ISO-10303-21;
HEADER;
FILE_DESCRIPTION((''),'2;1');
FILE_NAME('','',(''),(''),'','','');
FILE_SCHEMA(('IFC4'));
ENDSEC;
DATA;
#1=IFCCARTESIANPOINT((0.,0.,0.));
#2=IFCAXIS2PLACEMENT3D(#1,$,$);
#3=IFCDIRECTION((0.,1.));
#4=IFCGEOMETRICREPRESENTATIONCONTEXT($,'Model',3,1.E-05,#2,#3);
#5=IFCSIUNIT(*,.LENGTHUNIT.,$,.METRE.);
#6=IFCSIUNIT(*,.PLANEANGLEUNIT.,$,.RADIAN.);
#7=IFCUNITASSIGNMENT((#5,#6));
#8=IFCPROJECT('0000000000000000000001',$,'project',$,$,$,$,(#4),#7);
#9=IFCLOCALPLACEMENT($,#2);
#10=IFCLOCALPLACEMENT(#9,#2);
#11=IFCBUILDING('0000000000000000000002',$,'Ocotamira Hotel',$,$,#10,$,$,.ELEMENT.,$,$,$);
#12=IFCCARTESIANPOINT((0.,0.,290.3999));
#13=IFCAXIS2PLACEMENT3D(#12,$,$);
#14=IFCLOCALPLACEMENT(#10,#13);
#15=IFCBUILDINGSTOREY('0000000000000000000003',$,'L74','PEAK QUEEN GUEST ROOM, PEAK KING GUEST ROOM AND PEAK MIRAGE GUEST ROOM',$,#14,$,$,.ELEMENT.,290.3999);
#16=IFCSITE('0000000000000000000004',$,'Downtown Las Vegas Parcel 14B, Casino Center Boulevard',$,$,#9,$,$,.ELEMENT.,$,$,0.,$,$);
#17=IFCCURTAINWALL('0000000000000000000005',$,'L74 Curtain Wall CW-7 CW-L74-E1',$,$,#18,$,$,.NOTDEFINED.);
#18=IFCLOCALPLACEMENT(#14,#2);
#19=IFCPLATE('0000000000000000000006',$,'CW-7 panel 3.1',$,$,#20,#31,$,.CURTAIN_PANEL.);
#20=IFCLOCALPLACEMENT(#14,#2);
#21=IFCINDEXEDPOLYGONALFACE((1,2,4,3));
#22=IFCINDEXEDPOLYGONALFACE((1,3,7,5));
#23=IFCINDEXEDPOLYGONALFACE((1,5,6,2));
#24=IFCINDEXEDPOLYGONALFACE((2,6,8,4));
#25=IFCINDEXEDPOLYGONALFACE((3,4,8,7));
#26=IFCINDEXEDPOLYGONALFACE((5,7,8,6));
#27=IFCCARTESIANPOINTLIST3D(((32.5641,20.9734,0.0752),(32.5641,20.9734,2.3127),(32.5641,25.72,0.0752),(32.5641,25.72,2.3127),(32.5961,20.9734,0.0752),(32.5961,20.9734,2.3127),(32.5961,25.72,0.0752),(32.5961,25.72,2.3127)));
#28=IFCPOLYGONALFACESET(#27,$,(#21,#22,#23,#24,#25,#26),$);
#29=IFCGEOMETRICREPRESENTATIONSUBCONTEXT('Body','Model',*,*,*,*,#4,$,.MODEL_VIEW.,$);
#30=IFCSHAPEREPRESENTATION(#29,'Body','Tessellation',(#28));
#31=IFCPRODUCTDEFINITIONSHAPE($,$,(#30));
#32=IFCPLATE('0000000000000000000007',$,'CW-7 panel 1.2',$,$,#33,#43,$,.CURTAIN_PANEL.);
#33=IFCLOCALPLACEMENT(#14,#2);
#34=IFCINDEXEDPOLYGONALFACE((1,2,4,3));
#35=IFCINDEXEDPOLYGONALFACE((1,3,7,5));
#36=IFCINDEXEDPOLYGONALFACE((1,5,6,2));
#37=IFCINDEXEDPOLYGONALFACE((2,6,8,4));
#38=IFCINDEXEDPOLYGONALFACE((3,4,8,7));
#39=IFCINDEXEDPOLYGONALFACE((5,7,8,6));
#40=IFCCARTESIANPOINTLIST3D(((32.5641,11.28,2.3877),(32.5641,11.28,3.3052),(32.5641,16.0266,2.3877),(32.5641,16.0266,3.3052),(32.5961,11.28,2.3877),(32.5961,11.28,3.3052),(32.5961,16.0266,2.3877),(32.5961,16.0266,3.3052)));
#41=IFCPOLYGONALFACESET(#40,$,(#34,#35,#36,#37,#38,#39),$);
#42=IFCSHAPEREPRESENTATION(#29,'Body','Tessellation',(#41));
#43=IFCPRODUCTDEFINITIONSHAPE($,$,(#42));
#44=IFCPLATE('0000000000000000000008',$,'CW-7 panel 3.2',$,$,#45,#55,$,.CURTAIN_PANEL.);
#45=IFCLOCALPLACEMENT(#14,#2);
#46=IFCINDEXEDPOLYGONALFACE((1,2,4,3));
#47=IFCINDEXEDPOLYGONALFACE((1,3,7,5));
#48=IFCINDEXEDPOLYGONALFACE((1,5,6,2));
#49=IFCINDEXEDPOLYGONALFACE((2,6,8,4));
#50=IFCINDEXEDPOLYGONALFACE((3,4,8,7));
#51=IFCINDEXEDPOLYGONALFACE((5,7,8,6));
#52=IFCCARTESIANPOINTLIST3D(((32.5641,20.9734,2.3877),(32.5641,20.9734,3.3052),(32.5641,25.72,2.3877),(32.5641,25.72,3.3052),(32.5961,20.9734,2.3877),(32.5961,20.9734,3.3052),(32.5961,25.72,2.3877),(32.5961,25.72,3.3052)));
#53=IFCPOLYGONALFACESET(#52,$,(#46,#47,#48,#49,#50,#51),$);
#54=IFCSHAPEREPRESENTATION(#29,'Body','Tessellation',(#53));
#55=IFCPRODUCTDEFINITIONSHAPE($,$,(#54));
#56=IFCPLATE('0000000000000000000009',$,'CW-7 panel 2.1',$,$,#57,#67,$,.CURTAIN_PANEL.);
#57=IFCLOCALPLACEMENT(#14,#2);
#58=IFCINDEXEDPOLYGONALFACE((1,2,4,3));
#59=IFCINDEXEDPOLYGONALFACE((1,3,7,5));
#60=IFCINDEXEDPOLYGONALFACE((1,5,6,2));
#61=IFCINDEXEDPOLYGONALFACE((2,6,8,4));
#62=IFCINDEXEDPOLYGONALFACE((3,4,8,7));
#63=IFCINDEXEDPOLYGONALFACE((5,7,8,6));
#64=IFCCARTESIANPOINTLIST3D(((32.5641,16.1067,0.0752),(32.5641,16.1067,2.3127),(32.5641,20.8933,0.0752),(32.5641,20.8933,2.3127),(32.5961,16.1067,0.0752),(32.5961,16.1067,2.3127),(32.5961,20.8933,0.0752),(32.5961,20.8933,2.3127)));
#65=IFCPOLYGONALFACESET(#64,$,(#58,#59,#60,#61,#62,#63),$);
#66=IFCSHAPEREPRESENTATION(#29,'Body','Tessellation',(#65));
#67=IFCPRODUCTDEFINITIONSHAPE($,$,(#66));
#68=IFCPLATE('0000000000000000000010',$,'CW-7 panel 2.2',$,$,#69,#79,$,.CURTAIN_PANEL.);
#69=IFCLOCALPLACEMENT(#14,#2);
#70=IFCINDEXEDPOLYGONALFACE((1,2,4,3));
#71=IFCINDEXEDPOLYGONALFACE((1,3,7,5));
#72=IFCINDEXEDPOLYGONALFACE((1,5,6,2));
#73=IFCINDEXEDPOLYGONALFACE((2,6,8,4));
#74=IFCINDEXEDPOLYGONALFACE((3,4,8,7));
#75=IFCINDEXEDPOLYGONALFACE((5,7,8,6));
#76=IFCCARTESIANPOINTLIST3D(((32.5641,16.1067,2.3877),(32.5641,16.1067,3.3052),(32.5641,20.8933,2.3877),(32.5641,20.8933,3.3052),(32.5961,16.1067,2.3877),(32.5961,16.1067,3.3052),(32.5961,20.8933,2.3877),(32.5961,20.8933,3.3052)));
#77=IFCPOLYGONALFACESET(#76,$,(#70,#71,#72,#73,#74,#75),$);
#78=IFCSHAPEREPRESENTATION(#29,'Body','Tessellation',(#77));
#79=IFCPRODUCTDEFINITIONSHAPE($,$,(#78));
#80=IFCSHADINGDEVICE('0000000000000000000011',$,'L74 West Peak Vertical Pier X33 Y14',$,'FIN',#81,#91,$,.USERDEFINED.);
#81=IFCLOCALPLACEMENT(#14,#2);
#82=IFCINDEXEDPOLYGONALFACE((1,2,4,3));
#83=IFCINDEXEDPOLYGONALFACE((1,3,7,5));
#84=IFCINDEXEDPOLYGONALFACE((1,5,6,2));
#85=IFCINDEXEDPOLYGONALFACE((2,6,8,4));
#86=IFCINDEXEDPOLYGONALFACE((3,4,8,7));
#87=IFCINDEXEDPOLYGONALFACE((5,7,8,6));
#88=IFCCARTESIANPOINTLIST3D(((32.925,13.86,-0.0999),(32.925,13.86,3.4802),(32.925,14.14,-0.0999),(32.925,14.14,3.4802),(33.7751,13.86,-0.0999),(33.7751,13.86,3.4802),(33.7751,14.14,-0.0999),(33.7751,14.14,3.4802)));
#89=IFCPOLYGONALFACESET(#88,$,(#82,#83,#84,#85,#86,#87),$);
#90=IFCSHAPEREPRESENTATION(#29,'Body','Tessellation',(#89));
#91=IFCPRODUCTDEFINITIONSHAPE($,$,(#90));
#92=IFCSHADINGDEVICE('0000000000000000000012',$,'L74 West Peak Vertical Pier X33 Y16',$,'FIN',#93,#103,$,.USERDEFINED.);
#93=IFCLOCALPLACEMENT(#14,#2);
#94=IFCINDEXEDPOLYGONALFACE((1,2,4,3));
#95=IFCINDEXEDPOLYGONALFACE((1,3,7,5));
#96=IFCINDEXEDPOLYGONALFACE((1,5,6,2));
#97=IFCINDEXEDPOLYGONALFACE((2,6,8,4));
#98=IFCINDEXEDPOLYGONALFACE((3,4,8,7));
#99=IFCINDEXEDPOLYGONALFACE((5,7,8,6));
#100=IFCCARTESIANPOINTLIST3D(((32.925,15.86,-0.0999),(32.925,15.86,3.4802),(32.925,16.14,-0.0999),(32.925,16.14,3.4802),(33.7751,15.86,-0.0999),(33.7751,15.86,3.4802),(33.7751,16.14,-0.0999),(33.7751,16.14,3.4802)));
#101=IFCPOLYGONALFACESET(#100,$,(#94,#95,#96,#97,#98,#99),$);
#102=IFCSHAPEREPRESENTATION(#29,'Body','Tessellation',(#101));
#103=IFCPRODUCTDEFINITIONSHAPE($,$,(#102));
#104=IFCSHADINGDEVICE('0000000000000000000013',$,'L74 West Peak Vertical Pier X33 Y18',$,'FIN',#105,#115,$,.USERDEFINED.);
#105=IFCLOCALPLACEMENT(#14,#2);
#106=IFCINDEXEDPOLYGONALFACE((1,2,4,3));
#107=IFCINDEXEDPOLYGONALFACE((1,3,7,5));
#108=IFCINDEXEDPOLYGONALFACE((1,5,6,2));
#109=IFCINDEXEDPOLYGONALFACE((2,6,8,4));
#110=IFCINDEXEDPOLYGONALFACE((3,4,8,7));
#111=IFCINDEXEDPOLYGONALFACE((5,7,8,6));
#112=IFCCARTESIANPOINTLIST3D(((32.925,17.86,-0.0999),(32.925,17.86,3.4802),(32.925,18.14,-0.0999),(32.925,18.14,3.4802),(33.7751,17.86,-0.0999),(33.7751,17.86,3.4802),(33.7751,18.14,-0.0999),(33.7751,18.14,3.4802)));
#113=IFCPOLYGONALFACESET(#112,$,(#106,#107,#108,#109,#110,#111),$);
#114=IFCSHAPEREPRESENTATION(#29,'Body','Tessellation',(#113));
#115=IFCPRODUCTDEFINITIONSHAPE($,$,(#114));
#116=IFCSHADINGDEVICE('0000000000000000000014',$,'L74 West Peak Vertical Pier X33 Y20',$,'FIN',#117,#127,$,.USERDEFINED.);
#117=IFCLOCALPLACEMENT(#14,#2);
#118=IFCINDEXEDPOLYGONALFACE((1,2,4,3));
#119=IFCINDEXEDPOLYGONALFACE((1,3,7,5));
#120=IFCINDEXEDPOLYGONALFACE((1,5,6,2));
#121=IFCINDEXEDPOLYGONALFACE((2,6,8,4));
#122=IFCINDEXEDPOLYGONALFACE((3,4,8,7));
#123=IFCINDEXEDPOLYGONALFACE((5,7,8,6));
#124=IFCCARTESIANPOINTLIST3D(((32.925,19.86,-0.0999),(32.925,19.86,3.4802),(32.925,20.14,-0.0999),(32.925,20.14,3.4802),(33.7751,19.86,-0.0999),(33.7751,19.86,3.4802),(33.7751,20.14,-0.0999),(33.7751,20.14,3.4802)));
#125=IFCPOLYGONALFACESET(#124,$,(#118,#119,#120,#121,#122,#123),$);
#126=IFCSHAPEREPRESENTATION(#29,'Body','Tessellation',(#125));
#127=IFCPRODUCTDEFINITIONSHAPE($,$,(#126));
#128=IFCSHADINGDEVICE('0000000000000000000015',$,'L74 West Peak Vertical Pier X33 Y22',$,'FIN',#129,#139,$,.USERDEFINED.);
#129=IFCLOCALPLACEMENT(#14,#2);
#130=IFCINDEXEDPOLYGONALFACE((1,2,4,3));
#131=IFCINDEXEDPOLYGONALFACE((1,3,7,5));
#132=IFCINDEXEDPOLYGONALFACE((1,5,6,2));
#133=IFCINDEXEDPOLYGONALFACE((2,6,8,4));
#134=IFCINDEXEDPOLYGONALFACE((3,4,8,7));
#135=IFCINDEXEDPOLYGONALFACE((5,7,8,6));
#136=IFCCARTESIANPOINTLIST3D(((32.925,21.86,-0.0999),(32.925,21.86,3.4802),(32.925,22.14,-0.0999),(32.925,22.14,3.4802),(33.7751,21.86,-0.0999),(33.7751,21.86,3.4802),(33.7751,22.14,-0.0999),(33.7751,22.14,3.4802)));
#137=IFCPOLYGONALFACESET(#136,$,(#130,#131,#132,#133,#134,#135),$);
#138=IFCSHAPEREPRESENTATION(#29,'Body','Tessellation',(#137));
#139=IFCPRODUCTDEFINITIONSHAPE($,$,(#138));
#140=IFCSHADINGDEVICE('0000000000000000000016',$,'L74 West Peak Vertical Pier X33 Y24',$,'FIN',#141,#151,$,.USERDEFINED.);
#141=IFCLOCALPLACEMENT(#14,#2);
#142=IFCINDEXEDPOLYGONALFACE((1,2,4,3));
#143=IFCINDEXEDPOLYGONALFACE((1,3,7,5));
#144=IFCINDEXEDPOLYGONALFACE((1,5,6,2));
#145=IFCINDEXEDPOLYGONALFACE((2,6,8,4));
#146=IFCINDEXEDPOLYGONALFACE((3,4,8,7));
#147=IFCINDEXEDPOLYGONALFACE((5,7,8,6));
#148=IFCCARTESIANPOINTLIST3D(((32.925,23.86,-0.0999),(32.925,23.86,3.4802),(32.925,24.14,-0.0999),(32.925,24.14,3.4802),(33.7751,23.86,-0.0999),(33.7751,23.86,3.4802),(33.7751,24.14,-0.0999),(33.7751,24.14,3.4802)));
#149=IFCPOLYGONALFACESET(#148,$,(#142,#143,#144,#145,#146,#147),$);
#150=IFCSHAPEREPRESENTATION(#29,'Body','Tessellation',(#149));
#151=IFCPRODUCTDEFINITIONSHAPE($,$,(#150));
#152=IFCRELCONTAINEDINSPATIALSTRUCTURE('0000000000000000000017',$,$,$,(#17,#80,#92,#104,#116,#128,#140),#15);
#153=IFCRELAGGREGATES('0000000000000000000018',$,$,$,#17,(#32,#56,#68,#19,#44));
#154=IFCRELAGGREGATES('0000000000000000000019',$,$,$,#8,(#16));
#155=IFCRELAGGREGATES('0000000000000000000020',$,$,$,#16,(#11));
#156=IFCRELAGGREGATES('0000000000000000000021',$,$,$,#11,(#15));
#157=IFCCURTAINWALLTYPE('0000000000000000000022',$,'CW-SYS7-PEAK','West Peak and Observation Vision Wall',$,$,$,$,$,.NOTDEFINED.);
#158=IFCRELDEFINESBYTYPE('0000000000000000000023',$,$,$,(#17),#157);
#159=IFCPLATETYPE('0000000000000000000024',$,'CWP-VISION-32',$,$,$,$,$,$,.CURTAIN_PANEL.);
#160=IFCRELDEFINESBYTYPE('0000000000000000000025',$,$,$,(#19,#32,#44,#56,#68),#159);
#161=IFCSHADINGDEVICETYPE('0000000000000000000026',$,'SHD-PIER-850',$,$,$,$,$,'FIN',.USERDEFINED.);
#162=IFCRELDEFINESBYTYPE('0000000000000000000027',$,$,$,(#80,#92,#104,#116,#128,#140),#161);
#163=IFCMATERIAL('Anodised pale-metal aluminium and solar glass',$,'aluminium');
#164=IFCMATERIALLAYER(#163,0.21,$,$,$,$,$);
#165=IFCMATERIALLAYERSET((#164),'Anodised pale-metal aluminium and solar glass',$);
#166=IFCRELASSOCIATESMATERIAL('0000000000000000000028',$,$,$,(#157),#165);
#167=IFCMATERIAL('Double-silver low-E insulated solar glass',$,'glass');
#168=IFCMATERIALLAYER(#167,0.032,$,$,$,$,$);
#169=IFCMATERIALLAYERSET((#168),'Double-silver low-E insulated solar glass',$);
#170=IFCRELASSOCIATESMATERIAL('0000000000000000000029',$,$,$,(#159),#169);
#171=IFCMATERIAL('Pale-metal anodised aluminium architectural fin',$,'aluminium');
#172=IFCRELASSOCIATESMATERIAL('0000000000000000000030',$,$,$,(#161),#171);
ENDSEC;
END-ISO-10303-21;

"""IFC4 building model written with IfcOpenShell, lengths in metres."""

from ifc_helpers import new_model, si_unit, direction, frame, origin, origin_2d, place, context, subcontext, project, spatial, rectangle, extrude, source, transform, mapped, material, layer, layer_set, type_object, element, aggregate, save


model = new_model("IFC4")

# Units and contexts
model_context = context("Model", 3, precision=1e-05, world=origin(), true_north=direction((0.0, 1.0)))
body_context = subcontext(model_context, "Body", "Model", "MODEL_VIEW")
ifc_project = project(units=[si_unit("LENGTHUNIT", "METRE"), si_unit("PLANEANGLEUNIT", "RADIAN")], contexts=[model_context])

# Site, building, storey
site_placement = place(None, origin())
site = spatial("IfcSite", under=ifc_project, at=site_placement, Name="Downtown Las Vegas Parcel 14B, Casino Center Boulevard", CompositionType="ELEMENT", RefElevation=0.0)
building_placement = place(site_placement, origin())
building = spatial("IfcBuilding", under=site, at=building_placement, Name="Ocotamira Hotel", CompositionType="ELEMENT")
storey_placement = place(building_placement, frame((0.0, 0.0, 290.3999)))
storey = spatial("IfcBuildingStorey", under=building, at=storey_placement, Name="L74", Description="PEAK QUEEN GUEST ROOM, PEAK KING GUEST ROOM AND PEAK MIRAGE GUEST ROOM", CompositionType="ELEMENT", Elevation=290.3999)

# Curtain wall, plates
ifc_material_1 = material(Name="Anodised pale-metal aluminium and solar glass", Category="aluminium")
ifc_layer_1 = layer(ifc_material_1, 0.21)
ifc_layer_set_1 = layer_set([ifc_layer_1], Name="Anodised pale-metal aluminium and solar glass")
curtain_wall_type = type_object("IfcCurtainWallType", Name="CW-SYS7-PEAK", Description="West Peak and Observation Vision Wall", PredefinedType="NOTDEFINED", material=ifc_layer_set_1)
curtain_wall_placement = place(storey_placement, origin())
curtain_wall = element("IfcCurtainWall", 1, at=curtain_wall_placement, inside=storey, type_object=curtain_wall_type, Name="L74 Curtain Wall CW-7 CW-L74-E1", PredefinedType="NOTDEFINED")
ifc_material_2 = material(Name="Double-silver low-E insulated solar glass", Category="glass")
ifc_layer_2 = layer(ifc_material_2, 0.032)
ifc_layer_set_2 = layer_set([ifc_layer_2], Name="Double-silver low-E insulated solar glass")
plate_type = type_object("IfcPlateType", Name="CWP-VISION-32", PredefinedType="CURTAIN_PANEL", material=ifc_layer_set_2)
shared_shape_1 = source(origin(), body_context, "Body", "SweptSolid", [
    extrude(rectangle(XDim=4.7466, YDim=0.032, at=origin_2d()), origin(), (0.0, 0.0, 1.0), 2.2375),
])
plate_1_placement = place(storey_placement, frame((32.5801, 23.3467, 0.0752), z_axis=(0.0, 0.0, 1.0), x_axis=(0.0, 1.0, 0.0)))
plate_1 = element("IfcPlate", 2, at=plate_1_placement, type_object=plate_type, Name="CW-7 panel 3.1", PredefinedType="CURTAIN_PANEL", context=body_context, shape_type="MappedRepresentation", body=[
    mapped(shared_shape_1, transform((0.0, 0.0, 0.0), scale=1.0)),
])
shared_shape_2 = source(origin(), body_context, "Body", "SweptSolid", [
    extrude(rectangle(XDim=4.7466, YDim=0.032, at=origin_2d()), origin(), (0.0, 0.0, 1.0), 0.9175),
])
plate_2_placement = place(storey_placement, frame((32.5801, 13.6533, 2.3877), z_axis=(0.0, 0.0, 1.0), x_axis=(0.0, 1.0, 0.0)))
plate_2 = element("IfcPlate", 3, at=plate_2_placement, type_object=plate_type, Name="CW-7 panel 1.2", PredefinedType="CURTAIN_PANEL", context=body_context, shape_type="MappedRepresentation", body=[
    mapped(shared_shape_2, transform((0.0, 0.0, 0.0), scale=1.0)),
])
plate_3_placement = place(storey_placement, frame((32.5801, 23.3467, 2.3877), z_axis=(0.0, 0.0, 1.0), x_axis=(0.0, 1.0, 0.0)))
plate_3 = element("IfcPlate", 4, at=plate_3_placement, type_object=plate_type, Name="CW-7 panel 3.2", PredefinedType="CURTAIN_PANEL", context=body_context, shape_type="MappedRepresentation", body=[
    mapped(shared_shape_2, transform((0.0, 0.0, 0.0), scale=1.0)),
])
shared_shape_3 = source(origin(), body_context, "Body", "SweptSolid", [
    extrude(rectangle(XDim=4.7866, YDim=0.032, at=origin_2d()), origin(), (0.0, 0.0, 1.0), 2.2375),
])
plate_4_placement = place(storey_placement, frame((32.5801, 18.5, 0.0752), z_axis=(0.0, 0.0, 1.0), x_axis=(0.0, 1.0, 0.0)))
plate_4 = element("IfcPlate", 5, at=plate_4_placement, type_object=plate_type, Name="CW-7 panel 2.1", PredefinedType="CURTAIN_PANEL", context=body_context, shape_type="MappedRepresentation", body=[
    mapped(shared_shape_3, transform((0.0, 0.0, 0.0), scale=1.0)),
])
shared_shape_4 = source(origin(), body_context, "Body", "SweptSolid", [
    extrude(rectangle(XDim=4.7866, YDim=0.032, at=origin_2d()), origin(), (0.0, 0.0, 1.0), 0.9175),
])
plate_5_placement = place(storey_placement, frame((32.5801, 18.5, 2.3877), z_axis=(0.0, 0.0, 1.0), x_axis=(0.0, 1.0, 0.0)))
plate_5 = element("IfcPlate", 6, at=plate_5_placement, type_object=plate_type, Name="CW-7 panel 2.2", PredefinedType="CURTAIN_PANEL", context=body_context, shape_type="MappedRepresentation", body=[
    mapped(shared_shape_4, transform((0.0, 0.0, 0.0), scale=1.0)),
])
aggregate(curtain_wall, [plate_2, plate_4, plate_5, plate_1, plate_3])

# Shading devices
ifc_material_3 = material(Name="Pale-metal anodised aluminium architectural fin", Category="aluminium")
shading_device_type = type_object("IfcShadingDeviceType", Name="SHD-PIER-850", ElementType="FIN", PredefinedType="USERDEFINED", material=ifc_material_3)
shared_shape_5 = source(origin(), body_context, "Body", "SweptSolid", [
    extrude(rectangle(XDim=0.8501, YDim=0.28, at=origin_2d()), origin(), (0.0, 0.0, 1.0), 3.5801),
])
for number, where, z_axis, x_axis, name in (
    (7, (33.3501, 14.0, -0.0999), (0.0, 0.0, 1.0), (1.0, 0.0, 0.0), "L74 West Peak Vertical Pier X33 Y14"),
    (8, (33.3501, 16.0, -0.0999), (0.0, 0.0, 1.0), (1.0, 0.0, 0.0), "L74 West Peak Vertical Pier X33 Y16"),
    (9, (33.3501, 18.0, -0.0999), (0.0, 0.0, 1.0), (1.0, 0.0, 0.0), "L74 West Peak Vertical Pier X33 Y18"),
    (10, (33.3501, 20.0, -0.0999), (0.0, 0.0, 1.0), (1.0, 0.0, 0.0), "L74 West Peak Vertical Pier X33 Y20"),
    (11, (33.3501, 22.0, -0.0999), (0.0, 0.0, 1.0), (1.0, 0.0, 0.0), "L74 West Peak Vertical Pier X33 Y22"),
    (12, (33.3501, 24.0, -0.0999), (0.0, 0.0, 1.0), (1.0, 0.0, 0.0), "L74 West Peak Vertical Pier X33 Y24"),
):
    element("IfcShadingDevice", number, at=place(storey_placement, frame(where, z_axis=z_axis, x_axis=x_axis)), inside=storey, type_object=shading_device_type, Name=name, ObjectType="FIN", PredefinedType="USERDEFINED", context=body_context, shape_type="MappedRepresentation", body=[
        mapped(shared_shape_5, transform((0.0, 0.0, 0.0), scale=1.0)),
    ])

save(model, "model.ifc")
